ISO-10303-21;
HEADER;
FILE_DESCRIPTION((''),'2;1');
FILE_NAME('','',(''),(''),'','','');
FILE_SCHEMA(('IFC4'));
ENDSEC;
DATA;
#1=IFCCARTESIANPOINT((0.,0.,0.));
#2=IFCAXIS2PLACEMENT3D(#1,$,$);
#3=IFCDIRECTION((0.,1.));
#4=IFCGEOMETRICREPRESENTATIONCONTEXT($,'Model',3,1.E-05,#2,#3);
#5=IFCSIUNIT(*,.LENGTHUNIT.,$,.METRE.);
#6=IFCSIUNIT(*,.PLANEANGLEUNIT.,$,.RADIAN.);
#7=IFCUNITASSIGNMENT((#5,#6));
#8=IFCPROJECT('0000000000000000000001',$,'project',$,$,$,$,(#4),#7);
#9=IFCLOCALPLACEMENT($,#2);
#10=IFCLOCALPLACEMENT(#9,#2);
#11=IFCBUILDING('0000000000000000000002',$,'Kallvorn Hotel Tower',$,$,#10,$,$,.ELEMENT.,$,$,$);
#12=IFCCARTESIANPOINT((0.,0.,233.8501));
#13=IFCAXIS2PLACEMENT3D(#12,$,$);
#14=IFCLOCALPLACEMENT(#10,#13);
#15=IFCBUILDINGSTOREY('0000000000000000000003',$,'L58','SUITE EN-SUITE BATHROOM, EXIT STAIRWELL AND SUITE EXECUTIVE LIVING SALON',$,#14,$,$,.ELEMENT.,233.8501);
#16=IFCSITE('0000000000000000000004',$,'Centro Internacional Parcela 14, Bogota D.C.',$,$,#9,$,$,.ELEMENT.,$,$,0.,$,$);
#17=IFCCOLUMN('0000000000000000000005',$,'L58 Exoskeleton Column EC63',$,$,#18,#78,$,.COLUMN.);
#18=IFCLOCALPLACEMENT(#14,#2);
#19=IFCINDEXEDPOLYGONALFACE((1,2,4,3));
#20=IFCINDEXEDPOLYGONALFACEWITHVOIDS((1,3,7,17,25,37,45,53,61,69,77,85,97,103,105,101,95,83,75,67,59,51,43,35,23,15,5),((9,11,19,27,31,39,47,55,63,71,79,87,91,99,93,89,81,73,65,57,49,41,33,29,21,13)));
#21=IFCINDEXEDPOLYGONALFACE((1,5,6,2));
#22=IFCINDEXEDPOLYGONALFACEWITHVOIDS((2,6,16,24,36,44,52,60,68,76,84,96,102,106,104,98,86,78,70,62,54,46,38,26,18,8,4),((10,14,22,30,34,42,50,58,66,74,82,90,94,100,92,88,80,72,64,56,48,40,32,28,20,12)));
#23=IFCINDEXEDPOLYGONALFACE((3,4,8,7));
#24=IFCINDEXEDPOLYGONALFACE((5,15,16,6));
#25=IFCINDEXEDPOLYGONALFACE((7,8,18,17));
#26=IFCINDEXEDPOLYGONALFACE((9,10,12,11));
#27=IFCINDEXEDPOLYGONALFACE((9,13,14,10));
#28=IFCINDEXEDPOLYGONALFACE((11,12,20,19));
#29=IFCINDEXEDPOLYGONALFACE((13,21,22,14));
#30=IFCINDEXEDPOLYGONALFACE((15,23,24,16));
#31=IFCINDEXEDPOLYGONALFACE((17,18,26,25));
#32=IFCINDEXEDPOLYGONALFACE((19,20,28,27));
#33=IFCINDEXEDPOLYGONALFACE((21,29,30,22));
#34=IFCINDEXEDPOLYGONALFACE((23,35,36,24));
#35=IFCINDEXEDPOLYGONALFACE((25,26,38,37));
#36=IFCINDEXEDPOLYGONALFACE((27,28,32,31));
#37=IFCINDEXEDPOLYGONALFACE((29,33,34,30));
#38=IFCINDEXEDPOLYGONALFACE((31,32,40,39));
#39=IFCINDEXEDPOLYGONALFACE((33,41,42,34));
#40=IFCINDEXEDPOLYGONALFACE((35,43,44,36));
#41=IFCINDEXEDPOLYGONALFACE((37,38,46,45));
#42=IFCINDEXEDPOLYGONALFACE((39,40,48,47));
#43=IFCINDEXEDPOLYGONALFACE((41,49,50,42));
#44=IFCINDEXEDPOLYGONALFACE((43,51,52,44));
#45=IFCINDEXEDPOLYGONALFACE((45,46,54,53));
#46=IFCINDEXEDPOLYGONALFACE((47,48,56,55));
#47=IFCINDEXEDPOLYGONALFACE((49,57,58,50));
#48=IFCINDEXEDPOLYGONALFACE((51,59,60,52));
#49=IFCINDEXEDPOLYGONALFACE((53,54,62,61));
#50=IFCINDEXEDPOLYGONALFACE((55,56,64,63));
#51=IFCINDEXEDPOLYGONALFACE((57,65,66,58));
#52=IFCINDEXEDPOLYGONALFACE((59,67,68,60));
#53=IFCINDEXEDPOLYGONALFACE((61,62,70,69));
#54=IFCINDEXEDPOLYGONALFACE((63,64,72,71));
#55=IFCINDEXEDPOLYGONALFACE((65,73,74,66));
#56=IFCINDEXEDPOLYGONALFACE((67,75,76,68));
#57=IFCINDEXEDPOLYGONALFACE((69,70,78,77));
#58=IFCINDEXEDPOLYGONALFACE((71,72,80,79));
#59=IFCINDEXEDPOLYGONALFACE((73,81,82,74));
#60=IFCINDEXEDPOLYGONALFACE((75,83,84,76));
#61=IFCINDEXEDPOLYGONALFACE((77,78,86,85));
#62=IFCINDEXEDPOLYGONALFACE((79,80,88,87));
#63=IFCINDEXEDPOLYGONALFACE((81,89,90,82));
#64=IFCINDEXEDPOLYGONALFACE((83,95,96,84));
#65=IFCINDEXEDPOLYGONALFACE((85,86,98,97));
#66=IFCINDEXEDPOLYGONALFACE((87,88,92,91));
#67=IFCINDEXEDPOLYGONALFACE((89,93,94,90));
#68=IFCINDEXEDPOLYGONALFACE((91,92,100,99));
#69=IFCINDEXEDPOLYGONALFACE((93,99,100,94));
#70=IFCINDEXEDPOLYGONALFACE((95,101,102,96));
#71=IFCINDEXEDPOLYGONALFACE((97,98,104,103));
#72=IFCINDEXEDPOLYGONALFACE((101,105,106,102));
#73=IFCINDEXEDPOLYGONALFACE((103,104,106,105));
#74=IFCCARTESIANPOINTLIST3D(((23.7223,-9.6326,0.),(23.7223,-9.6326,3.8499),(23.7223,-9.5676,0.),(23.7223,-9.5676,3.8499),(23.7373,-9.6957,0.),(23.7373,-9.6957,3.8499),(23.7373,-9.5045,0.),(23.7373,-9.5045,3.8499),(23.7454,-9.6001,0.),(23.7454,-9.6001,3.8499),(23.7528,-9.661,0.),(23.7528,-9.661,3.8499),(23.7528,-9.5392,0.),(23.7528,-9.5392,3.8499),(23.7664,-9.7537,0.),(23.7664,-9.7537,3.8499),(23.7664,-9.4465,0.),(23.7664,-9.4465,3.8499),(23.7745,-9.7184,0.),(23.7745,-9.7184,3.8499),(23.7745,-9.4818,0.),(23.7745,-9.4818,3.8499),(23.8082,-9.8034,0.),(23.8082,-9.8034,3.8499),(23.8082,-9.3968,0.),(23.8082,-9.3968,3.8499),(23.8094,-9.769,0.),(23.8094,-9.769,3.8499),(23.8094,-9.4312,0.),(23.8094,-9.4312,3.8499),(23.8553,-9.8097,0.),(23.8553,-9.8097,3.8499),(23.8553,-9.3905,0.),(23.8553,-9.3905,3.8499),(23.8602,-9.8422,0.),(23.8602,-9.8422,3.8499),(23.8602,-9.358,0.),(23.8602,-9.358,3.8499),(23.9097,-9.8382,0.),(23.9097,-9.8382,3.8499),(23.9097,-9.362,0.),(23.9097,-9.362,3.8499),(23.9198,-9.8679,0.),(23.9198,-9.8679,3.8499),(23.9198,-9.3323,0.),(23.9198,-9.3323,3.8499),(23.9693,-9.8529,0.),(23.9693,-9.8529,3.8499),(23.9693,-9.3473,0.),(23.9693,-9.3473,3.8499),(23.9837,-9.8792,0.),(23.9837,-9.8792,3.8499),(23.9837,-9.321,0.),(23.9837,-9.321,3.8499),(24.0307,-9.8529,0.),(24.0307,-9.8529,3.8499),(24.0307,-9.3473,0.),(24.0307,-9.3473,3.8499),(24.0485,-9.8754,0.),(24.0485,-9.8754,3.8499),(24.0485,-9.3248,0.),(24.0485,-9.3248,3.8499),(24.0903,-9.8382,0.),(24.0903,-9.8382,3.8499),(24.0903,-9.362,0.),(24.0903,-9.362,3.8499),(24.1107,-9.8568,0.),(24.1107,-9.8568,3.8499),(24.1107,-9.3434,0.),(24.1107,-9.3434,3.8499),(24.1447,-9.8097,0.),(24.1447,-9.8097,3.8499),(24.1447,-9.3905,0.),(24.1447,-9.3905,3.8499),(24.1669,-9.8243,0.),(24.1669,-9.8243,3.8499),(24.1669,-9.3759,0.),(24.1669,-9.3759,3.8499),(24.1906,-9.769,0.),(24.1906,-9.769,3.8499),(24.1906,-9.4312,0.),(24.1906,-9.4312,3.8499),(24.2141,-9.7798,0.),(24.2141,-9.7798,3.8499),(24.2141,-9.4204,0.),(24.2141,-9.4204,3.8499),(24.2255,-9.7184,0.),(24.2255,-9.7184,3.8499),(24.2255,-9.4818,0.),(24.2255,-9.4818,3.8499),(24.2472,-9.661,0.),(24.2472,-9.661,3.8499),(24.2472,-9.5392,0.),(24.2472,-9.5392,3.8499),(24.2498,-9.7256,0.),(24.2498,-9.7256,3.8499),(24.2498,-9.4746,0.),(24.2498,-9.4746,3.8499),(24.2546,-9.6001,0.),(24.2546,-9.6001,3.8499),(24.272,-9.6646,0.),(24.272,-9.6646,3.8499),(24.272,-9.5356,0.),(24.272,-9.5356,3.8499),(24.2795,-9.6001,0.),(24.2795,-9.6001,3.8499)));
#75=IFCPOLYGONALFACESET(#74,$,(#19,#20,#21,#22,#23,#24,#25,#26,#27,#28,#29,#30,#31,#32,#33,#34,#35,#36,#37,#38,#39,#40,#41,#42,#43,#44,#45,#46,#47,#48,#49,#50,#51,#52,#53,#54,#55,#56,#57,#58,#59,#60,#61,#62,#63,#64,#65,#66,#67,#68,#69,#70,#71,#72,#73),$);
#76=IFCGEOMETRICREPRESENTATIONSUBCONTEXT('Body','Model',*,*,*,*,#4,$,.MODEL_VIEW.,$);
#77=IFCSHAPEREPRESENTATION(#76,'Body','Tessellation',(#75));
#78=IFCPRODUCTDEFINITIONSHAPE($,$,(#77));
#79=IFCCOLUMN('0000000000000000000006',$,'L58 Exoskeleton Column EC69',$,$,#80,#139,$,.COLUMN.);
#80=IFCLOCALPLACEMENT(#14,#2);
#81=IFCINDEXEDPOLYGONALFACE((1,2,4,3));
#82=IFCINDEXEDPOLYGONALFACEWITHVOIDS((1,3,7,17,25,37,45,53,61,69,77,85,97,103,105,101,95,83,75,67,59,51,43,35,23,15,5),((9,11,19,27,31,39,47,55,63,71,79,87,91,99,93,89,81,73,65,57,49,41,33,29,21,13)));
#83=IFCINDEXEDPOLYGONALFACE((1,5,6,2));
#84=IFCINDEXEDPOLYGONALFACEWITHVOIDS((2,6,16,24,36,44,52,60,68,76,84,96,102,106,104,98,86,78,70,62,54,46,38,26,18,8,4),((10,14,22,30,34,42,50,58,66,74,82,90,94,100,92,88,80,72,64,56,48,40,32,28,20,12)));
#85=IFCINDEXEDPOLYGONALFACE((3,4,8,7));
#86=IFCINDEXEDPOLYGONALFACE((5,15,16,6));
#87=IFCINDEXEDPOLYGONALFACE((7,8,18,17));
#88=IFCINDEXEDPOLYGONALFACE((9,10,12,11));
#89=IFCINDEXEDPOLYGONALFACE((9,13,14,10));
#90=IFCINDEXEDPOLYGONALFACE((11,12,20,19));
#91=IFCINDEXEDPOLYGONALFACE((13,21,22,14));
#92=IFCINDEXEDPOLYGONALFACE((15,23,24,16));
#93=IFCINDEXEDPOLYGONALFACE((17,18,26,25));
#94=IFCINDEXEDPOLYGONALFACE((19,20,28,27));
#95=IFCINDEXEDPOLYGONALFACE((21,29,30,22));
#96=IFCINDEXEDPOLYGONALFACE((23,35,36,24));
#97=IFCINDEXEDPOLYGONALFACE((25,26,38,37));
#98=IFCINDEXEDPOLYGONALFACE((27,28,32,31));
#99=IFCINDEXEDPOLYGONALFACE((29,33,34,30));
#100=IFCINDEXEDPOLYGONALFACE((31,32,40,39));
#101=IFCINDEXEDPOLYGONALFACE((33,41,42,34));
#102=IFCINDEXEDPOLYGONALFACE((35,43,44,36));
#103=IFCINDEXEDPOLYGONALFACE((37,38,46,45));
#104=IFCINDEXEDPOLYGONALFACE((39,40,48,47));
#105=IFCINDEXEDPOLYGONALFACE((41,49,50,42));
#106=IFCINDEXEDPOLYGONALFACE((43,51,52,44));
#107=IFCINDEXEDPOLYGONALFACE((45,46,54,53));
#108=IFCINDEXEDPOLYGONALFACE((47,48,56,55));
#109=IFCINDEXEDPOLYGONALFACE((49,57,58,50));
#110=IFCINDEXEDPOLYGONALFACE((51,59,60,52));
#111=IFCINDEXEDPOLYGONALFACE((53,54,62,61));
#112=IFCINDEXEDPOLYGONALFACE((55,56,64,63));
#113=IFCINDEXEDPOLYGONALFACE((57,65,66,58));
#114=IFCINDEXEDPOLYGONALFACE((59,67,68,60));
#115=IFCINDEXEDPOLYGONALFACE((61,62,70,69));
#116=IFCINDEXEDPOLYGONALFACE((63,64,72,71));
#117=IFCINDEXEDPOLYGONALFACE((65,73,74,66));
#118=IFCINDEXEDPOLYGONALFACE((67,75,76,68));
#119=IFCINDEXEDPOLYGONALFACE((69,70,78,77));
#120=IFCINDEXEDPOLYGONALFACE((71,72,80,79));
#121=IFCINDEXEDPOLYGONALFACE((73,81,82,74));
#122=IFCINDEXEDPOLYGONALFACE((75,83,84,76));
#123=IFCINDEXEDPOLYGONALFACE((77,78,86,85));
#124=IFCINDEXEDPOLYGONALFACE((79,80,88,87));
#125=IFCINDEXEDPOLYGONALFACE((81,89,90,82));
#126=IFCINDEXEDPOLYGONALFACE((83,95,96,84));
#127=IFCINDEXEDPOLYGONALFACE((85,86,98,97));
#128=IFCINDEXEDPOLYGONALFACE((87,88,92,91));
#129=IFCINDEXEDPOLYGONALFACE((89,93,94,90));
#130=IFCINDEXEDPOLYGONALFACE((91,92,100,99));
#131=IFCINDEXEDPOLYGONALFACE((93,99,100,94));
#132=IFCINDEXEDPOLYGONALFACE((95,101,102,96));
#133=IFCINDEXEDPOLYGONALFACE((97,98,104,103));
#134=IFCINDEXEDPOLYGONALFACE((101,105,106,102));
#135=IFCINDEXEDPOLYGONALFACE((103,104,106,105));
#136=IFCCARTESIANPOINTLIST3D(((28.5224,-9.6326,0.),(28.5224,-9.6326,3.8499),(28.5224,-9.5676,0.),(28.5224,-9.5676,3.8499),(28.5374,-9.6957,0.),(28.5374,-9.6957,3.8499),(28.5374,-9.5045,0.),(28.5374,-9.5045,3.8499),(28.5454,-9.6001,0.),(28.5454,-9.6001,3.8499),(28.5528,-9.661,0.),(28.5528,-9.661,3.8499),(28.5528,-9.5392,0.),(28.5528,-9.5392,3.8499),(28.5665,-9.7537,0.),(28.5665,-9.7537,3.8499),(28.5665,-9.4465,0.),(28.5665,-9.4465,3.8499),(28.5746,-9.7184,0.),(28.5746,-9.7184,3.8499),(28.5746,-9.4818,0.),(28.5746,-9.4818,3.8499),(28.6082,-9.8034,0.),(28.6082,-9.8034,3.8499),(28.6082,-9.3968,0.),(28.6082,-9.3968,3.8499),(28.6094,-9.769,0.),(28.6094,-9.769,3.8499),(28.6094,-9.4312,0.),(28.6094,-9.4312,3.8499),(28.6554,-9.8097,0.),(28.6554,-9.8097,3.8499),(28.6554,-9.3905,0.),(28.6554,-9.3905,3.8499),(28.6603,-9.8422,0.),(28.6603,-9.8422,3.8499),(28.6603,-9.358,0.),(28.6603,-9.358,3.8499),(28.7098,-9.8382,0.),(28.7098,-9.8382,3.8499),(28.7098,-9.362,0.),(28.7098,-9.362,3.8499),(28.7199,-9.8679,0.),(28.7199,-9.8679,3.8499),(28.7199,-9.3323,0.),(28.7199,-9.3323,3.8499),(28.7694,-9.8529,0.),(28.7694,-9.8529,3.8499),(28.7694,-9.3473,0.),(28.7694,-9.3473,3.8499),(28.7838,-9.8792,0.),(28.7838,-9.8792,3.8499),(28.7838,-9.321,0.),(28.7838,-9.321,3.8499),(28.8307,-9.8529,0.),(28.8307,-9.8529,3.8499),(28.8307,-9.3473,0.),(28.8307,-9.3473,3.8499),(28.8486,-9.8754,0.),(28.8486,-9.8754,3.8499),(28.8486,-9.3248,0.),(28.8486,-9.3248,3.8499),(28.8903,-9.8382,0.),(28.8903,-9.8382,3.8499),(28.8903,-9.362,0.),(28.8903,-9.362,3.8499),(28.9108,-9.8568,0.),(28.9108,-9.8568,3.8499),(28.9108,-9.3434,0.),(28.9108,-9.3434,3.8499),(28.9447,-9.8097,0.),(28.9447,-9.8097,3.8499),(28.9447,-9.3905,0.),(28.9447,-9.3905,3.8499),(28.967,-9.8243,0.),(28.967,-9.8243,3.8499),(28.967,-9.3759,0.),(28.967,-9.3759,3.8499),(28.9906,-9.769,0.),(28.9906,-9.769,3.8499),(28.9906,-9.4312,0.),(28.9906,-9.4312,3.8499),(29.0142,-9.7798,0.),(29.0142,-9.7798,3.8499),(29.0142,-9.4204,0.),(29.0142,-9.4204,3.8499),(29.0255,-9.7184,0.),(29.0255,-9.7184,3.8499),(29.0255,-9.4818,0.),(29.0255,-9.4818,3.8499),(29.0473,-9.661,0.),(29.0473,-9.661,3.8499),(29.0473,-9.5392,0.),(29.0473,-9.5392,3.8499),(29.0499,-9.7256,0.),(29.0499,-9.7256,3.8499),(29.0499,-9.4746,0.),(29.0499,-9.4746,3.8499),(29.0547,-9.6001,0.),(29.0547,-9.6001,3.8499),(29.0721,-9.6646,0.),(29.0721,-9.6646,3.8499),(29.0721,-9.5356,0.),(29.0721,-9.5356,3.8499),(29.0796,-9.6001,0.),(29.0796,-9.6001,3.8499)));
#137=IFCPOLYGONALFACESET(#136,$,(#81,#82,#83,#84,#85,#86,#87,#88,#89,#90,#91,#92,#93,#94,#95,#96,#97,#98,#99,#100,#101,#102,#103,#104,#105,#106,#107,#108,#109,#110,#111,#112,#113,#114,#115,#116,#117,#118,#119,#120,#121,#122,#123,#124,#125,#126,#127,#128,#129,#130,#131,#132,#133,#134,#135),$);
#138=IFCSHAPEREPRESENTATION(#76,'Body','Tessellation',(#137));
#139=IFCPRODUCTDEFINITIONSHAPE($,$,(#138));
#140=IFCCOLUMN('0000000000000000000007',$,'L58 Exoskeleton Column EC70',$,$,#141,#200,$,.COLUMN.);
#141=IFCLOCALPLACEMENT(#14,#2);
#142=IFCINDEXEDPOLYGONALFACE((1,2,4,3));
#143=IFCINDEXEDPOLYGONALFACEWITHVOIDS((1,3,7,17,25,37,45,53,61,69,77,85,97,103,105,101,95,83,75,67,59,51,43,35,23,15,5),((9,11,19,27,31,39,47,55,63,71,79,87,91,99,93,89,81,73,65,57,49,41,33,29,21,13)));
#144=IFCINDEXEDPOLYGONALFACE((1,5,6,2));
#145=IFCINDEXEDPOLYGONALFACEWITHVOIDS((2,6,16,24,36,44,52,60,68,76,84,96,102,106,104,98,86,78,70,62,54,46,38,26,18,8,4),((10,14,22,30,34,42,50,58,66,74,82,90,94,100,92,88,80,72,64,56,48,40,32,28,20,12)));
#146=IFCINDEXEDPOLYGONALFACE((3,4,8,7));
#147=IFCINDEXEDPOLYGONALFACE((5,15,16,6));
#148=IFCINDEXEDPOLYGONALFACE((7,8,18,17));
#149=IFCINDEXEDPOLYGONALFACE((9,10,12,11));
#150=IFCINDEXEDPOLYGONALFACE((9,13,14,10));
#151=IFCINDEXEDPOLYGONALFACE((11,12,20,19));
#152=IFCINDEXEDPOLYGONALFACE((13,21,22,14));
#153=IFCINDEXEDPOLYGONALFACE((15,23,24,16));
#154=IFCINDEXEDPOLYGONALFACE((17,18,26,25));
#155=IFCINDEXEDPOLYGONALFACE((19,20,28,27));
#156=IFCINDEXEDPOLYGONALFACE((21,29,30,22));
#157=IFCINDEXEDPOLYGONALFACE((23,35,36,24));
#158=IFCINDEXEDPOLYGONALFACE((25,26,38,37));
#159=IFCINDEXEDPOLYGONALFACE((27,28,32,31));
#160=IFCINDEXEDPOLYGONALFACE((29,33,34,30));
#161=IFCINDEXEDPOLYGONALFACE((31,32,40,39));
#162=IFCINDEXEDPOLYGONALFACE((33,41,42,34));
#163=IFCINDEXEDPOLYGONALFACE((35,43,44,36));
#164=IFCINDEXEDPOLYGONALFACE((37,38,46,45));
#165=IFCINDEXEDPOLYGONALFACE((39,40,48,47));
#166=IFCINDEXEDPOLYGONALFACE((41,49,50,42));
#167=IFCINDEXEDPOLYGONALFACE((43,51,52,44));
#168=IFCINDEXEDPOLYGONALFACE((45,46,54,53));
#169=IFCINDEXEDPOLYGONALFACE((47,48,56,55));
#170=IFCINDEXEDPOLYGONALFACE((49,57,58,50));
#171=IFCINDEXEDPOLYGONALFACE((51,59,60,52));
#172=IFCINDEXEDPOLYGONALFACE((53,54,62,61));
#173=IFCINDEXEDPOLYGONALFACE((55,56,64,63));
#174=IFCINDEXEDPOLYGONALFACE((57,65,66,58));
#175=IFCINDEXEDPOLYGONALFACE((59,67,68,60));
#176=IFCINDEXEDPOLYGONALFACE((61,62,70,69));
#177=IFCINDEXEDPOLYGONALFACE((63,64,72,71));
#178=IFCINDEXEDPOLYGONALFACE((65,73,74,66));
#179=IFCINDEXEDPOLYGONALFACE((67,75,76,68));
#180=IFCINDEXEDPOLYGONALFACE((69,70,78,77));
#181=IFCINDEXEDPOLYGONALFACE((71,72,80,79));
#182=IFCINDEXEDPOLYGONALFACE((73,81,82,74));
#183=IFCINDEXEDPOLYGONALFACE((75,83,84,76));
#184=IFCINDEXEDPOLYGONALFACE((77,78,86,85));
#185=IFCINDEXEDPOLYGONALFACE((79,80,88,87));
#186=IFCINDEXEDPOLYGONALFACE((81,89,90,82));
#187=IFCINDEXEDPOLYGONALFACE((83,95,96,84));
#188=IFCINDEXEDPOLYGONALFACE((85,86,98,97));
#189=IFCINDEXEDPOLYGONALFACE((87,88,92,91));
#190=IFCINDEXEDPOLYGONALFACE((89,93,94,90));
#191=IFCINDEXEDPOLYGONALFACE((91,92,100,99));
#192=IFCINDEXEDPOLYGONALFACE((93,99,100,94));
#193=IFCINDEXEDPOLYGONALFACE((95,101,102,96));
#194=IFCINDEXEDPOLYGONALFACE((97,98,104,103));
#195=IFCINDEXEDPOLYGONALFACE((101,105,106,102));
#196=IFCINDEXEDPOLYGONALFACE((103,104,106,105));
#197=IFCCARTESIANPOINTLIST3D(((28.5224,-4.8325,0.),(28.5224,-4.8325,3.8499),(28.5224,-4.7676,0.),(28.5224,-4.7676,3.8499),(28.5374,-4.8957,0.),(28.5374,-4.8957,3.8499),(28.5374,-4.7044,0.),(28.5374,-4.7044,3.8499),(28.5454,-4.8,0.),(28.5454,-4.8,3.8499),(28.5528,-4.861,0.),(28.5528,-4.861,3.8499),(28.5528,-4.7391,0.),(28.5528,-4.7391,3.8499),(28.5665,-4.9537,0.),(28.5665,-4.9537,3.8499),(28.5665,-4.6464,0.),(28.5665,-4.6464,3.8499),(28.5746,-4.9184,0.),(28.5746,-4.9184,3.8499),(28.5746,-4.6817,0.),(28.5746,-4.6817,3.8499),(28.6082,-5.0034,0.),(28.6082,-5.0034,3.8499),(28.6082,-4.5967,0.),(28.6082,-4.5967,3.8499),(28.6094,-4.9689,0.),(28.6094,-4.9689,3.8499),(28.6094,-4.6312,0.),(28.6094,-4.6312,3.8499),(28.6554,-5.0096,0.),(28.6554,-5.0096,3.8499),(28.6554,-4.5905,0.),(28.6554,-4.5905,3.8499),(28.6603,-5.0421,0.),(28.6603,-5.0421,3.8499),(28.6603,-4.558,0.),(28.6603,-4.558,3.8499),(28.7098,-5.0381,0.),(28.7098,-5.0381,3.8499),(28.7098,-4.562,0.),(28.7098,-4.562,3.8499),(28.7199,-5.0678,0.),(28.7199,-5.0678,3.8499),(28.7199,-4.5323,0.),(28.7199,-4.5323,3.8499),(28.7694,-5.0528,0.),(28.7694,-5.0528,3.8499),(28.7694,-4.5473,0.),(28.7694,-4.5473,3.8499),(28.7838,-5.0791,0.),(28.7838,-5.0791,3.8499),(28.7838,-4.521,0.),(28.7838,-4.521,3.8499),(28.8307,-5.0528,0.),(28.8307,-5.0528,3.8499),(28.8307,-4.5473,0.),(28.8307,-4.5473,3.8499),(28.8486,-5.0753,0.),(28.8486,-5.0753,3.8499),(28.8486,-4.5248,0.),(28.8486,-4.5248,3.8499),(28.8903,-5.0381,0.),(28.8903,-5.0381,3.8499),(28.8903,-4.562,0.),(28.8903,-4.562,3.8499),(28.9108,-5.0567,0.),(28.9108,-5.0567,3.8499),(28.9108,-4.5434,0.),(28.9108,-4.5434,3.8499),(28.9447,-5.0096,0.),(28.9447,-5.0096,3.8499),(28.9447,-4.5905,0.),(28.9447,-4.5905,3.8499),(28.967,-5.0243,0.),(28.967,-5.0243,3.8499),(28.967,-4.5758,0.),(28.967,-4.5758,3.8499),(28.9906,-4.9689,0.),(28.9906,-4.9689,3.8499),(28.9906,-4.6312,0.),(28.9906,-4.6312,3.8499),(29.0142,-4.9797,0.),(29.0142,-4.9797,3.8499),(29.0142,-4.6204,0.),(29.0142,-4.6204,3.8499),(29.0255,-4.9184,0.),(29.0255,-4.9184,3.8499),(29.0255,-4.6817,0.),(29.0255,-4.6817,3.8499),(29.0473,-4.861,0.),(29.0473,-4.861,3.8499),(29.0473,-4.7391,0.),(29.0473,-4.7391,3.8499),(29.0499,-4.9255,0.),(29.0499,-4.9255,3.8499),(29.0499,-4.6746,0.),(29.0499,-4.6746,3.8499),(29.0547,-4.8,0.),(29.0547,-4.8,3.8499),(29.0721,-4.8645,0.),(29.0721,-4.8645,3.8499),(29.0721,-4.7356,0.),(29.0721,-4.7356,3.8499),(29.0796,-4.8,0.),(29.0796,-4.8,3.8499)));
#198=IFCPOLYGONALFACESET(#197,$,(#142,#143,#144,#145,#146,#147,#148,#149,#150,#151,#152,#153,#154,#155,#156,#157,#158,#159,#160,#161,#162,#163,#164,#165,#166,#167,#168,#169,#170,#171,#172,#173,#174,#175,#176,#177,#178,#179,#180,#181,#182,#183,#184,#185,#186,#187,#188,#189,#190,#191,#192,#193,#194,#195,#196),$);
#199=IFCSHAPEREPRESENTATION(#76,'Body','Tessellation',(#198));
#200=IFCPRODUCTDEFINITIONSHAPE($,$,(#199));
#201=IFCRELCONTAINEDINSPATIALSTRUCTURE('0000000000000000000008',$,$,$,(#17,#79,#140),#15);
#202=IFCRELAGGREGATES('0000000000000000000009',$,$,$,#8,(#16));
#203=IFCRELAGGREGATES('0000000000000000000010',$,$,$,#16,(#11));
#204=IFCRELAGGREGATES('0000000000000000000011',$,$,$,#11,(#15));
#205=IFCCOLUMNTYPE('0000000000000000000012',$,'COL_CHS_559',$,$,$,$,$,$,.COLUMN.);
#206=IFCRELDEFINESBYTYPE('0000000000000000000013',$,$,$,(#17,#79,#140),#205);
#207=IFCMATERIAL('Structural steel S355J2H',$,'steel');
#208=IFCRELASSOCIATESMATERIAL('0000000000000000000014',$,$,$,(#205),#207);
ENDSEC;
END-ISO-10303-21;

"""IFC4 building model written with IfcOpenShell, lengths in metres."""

from ifc_helpers import new_model, si_unit, direction, frame, origin, origin_2d, place, context, subcontext, project, spatial, hollow_circle, extrude, material, material_profile, profile_set, type_object, element, save


model = new_model("IFC4")

# Units and contexts
model_context = context("Model", 3, precision=1e-05, world=origin(), true_north=direction((0.0, 1.0)))
body_context = subcontext(model_context, "Body", "Model", "MODEL_VIEW")
ifc_project = project(units=[si_unit("LENGTHUNIT", "METRE"), si_unit("PLANEANGLEUNIT", "RADIAN")], contexts=[model_context])

# Site, building, storey
site_placement = place(None, origin())
site = spatial("IfcSite", under=ifc_project, at=site_placement, Name="Centro Internacional Parcela 14, Bogota D.C.", CompositionType="ELEMENT", RefElevation=0.0)
building_placement = place(site_placement, origin())
building = spatial("IfcBuilding", under=site, at=building_placement, Name="Kallvorn Hotel Tower", CompositionType="ELEMENT")
storey_placement = place(building_placement, frame((0.0, 0.0, 233.8501)))
storey = spatial("IfcBuildingStorey", under=building, at=storey_placement, Name="L58", Description="SUITE EN-SUITE BATHROOM, EXIT STAIRWELL AND SUITE EXECUTIVE LIVING SALON", CompositionType="ELEMENT", Elevation=233.8501)

# Columns
ifc_material_1 = material(Name="Structural steel S355J2H", Category="steel")
ifc_material_profile_1 = material_profile(ifc_material_1, hollow_circle(Radius=0.2795, WallThickness=0.0249, at=origin_2d()), Name="CHS 559x25")
ifc_profile_set_1 = profile_set([ifc_material_profile_1], Name="Structural steel S355J2H")
column_type_1 = type_object("IfcColumnType", Name="COL_CHS_559", PredefinedType="COLUMN", material=ifc_profile_set_1)
for number, where, z_axis, x_axis, name in (
    (1, (24.0, -9.6001, 0.0), (0.0, 0.0, 1.0), (1.0, 0.0, 0.0), "L58 Exoskeleton Column EC63"),
    (2, (28.8, -9.6001, 0.0), (0.0, 0.0, 1.0), (1.0, 0.0, 0.0), "L58 Exoskeleton Column EC69"),
    (3, (28.8, -4.8, 0.0), (0.0, 0.0, 1.0), (1.0, 0.0, 0.0), "L58 Exoskeleton Column EC70"),
):
    element("IfcColumn", number, at=place(storey_placement, frame(where, z_axis=z_axis, x_axis=x_axis)), inside=storey, type_object=column_type_1, Name=name, PredefinedType="COLUMN", context=body_context, shape_type="SweptSolid", body=[
        extrude(hollow_circle(Radius=0.2795, WallThickness=0.0249, at=origin_2d()), origin(), (0.0, 0.0, 1.0), 3.8499),
    ])

save(model, "model.ifc")
